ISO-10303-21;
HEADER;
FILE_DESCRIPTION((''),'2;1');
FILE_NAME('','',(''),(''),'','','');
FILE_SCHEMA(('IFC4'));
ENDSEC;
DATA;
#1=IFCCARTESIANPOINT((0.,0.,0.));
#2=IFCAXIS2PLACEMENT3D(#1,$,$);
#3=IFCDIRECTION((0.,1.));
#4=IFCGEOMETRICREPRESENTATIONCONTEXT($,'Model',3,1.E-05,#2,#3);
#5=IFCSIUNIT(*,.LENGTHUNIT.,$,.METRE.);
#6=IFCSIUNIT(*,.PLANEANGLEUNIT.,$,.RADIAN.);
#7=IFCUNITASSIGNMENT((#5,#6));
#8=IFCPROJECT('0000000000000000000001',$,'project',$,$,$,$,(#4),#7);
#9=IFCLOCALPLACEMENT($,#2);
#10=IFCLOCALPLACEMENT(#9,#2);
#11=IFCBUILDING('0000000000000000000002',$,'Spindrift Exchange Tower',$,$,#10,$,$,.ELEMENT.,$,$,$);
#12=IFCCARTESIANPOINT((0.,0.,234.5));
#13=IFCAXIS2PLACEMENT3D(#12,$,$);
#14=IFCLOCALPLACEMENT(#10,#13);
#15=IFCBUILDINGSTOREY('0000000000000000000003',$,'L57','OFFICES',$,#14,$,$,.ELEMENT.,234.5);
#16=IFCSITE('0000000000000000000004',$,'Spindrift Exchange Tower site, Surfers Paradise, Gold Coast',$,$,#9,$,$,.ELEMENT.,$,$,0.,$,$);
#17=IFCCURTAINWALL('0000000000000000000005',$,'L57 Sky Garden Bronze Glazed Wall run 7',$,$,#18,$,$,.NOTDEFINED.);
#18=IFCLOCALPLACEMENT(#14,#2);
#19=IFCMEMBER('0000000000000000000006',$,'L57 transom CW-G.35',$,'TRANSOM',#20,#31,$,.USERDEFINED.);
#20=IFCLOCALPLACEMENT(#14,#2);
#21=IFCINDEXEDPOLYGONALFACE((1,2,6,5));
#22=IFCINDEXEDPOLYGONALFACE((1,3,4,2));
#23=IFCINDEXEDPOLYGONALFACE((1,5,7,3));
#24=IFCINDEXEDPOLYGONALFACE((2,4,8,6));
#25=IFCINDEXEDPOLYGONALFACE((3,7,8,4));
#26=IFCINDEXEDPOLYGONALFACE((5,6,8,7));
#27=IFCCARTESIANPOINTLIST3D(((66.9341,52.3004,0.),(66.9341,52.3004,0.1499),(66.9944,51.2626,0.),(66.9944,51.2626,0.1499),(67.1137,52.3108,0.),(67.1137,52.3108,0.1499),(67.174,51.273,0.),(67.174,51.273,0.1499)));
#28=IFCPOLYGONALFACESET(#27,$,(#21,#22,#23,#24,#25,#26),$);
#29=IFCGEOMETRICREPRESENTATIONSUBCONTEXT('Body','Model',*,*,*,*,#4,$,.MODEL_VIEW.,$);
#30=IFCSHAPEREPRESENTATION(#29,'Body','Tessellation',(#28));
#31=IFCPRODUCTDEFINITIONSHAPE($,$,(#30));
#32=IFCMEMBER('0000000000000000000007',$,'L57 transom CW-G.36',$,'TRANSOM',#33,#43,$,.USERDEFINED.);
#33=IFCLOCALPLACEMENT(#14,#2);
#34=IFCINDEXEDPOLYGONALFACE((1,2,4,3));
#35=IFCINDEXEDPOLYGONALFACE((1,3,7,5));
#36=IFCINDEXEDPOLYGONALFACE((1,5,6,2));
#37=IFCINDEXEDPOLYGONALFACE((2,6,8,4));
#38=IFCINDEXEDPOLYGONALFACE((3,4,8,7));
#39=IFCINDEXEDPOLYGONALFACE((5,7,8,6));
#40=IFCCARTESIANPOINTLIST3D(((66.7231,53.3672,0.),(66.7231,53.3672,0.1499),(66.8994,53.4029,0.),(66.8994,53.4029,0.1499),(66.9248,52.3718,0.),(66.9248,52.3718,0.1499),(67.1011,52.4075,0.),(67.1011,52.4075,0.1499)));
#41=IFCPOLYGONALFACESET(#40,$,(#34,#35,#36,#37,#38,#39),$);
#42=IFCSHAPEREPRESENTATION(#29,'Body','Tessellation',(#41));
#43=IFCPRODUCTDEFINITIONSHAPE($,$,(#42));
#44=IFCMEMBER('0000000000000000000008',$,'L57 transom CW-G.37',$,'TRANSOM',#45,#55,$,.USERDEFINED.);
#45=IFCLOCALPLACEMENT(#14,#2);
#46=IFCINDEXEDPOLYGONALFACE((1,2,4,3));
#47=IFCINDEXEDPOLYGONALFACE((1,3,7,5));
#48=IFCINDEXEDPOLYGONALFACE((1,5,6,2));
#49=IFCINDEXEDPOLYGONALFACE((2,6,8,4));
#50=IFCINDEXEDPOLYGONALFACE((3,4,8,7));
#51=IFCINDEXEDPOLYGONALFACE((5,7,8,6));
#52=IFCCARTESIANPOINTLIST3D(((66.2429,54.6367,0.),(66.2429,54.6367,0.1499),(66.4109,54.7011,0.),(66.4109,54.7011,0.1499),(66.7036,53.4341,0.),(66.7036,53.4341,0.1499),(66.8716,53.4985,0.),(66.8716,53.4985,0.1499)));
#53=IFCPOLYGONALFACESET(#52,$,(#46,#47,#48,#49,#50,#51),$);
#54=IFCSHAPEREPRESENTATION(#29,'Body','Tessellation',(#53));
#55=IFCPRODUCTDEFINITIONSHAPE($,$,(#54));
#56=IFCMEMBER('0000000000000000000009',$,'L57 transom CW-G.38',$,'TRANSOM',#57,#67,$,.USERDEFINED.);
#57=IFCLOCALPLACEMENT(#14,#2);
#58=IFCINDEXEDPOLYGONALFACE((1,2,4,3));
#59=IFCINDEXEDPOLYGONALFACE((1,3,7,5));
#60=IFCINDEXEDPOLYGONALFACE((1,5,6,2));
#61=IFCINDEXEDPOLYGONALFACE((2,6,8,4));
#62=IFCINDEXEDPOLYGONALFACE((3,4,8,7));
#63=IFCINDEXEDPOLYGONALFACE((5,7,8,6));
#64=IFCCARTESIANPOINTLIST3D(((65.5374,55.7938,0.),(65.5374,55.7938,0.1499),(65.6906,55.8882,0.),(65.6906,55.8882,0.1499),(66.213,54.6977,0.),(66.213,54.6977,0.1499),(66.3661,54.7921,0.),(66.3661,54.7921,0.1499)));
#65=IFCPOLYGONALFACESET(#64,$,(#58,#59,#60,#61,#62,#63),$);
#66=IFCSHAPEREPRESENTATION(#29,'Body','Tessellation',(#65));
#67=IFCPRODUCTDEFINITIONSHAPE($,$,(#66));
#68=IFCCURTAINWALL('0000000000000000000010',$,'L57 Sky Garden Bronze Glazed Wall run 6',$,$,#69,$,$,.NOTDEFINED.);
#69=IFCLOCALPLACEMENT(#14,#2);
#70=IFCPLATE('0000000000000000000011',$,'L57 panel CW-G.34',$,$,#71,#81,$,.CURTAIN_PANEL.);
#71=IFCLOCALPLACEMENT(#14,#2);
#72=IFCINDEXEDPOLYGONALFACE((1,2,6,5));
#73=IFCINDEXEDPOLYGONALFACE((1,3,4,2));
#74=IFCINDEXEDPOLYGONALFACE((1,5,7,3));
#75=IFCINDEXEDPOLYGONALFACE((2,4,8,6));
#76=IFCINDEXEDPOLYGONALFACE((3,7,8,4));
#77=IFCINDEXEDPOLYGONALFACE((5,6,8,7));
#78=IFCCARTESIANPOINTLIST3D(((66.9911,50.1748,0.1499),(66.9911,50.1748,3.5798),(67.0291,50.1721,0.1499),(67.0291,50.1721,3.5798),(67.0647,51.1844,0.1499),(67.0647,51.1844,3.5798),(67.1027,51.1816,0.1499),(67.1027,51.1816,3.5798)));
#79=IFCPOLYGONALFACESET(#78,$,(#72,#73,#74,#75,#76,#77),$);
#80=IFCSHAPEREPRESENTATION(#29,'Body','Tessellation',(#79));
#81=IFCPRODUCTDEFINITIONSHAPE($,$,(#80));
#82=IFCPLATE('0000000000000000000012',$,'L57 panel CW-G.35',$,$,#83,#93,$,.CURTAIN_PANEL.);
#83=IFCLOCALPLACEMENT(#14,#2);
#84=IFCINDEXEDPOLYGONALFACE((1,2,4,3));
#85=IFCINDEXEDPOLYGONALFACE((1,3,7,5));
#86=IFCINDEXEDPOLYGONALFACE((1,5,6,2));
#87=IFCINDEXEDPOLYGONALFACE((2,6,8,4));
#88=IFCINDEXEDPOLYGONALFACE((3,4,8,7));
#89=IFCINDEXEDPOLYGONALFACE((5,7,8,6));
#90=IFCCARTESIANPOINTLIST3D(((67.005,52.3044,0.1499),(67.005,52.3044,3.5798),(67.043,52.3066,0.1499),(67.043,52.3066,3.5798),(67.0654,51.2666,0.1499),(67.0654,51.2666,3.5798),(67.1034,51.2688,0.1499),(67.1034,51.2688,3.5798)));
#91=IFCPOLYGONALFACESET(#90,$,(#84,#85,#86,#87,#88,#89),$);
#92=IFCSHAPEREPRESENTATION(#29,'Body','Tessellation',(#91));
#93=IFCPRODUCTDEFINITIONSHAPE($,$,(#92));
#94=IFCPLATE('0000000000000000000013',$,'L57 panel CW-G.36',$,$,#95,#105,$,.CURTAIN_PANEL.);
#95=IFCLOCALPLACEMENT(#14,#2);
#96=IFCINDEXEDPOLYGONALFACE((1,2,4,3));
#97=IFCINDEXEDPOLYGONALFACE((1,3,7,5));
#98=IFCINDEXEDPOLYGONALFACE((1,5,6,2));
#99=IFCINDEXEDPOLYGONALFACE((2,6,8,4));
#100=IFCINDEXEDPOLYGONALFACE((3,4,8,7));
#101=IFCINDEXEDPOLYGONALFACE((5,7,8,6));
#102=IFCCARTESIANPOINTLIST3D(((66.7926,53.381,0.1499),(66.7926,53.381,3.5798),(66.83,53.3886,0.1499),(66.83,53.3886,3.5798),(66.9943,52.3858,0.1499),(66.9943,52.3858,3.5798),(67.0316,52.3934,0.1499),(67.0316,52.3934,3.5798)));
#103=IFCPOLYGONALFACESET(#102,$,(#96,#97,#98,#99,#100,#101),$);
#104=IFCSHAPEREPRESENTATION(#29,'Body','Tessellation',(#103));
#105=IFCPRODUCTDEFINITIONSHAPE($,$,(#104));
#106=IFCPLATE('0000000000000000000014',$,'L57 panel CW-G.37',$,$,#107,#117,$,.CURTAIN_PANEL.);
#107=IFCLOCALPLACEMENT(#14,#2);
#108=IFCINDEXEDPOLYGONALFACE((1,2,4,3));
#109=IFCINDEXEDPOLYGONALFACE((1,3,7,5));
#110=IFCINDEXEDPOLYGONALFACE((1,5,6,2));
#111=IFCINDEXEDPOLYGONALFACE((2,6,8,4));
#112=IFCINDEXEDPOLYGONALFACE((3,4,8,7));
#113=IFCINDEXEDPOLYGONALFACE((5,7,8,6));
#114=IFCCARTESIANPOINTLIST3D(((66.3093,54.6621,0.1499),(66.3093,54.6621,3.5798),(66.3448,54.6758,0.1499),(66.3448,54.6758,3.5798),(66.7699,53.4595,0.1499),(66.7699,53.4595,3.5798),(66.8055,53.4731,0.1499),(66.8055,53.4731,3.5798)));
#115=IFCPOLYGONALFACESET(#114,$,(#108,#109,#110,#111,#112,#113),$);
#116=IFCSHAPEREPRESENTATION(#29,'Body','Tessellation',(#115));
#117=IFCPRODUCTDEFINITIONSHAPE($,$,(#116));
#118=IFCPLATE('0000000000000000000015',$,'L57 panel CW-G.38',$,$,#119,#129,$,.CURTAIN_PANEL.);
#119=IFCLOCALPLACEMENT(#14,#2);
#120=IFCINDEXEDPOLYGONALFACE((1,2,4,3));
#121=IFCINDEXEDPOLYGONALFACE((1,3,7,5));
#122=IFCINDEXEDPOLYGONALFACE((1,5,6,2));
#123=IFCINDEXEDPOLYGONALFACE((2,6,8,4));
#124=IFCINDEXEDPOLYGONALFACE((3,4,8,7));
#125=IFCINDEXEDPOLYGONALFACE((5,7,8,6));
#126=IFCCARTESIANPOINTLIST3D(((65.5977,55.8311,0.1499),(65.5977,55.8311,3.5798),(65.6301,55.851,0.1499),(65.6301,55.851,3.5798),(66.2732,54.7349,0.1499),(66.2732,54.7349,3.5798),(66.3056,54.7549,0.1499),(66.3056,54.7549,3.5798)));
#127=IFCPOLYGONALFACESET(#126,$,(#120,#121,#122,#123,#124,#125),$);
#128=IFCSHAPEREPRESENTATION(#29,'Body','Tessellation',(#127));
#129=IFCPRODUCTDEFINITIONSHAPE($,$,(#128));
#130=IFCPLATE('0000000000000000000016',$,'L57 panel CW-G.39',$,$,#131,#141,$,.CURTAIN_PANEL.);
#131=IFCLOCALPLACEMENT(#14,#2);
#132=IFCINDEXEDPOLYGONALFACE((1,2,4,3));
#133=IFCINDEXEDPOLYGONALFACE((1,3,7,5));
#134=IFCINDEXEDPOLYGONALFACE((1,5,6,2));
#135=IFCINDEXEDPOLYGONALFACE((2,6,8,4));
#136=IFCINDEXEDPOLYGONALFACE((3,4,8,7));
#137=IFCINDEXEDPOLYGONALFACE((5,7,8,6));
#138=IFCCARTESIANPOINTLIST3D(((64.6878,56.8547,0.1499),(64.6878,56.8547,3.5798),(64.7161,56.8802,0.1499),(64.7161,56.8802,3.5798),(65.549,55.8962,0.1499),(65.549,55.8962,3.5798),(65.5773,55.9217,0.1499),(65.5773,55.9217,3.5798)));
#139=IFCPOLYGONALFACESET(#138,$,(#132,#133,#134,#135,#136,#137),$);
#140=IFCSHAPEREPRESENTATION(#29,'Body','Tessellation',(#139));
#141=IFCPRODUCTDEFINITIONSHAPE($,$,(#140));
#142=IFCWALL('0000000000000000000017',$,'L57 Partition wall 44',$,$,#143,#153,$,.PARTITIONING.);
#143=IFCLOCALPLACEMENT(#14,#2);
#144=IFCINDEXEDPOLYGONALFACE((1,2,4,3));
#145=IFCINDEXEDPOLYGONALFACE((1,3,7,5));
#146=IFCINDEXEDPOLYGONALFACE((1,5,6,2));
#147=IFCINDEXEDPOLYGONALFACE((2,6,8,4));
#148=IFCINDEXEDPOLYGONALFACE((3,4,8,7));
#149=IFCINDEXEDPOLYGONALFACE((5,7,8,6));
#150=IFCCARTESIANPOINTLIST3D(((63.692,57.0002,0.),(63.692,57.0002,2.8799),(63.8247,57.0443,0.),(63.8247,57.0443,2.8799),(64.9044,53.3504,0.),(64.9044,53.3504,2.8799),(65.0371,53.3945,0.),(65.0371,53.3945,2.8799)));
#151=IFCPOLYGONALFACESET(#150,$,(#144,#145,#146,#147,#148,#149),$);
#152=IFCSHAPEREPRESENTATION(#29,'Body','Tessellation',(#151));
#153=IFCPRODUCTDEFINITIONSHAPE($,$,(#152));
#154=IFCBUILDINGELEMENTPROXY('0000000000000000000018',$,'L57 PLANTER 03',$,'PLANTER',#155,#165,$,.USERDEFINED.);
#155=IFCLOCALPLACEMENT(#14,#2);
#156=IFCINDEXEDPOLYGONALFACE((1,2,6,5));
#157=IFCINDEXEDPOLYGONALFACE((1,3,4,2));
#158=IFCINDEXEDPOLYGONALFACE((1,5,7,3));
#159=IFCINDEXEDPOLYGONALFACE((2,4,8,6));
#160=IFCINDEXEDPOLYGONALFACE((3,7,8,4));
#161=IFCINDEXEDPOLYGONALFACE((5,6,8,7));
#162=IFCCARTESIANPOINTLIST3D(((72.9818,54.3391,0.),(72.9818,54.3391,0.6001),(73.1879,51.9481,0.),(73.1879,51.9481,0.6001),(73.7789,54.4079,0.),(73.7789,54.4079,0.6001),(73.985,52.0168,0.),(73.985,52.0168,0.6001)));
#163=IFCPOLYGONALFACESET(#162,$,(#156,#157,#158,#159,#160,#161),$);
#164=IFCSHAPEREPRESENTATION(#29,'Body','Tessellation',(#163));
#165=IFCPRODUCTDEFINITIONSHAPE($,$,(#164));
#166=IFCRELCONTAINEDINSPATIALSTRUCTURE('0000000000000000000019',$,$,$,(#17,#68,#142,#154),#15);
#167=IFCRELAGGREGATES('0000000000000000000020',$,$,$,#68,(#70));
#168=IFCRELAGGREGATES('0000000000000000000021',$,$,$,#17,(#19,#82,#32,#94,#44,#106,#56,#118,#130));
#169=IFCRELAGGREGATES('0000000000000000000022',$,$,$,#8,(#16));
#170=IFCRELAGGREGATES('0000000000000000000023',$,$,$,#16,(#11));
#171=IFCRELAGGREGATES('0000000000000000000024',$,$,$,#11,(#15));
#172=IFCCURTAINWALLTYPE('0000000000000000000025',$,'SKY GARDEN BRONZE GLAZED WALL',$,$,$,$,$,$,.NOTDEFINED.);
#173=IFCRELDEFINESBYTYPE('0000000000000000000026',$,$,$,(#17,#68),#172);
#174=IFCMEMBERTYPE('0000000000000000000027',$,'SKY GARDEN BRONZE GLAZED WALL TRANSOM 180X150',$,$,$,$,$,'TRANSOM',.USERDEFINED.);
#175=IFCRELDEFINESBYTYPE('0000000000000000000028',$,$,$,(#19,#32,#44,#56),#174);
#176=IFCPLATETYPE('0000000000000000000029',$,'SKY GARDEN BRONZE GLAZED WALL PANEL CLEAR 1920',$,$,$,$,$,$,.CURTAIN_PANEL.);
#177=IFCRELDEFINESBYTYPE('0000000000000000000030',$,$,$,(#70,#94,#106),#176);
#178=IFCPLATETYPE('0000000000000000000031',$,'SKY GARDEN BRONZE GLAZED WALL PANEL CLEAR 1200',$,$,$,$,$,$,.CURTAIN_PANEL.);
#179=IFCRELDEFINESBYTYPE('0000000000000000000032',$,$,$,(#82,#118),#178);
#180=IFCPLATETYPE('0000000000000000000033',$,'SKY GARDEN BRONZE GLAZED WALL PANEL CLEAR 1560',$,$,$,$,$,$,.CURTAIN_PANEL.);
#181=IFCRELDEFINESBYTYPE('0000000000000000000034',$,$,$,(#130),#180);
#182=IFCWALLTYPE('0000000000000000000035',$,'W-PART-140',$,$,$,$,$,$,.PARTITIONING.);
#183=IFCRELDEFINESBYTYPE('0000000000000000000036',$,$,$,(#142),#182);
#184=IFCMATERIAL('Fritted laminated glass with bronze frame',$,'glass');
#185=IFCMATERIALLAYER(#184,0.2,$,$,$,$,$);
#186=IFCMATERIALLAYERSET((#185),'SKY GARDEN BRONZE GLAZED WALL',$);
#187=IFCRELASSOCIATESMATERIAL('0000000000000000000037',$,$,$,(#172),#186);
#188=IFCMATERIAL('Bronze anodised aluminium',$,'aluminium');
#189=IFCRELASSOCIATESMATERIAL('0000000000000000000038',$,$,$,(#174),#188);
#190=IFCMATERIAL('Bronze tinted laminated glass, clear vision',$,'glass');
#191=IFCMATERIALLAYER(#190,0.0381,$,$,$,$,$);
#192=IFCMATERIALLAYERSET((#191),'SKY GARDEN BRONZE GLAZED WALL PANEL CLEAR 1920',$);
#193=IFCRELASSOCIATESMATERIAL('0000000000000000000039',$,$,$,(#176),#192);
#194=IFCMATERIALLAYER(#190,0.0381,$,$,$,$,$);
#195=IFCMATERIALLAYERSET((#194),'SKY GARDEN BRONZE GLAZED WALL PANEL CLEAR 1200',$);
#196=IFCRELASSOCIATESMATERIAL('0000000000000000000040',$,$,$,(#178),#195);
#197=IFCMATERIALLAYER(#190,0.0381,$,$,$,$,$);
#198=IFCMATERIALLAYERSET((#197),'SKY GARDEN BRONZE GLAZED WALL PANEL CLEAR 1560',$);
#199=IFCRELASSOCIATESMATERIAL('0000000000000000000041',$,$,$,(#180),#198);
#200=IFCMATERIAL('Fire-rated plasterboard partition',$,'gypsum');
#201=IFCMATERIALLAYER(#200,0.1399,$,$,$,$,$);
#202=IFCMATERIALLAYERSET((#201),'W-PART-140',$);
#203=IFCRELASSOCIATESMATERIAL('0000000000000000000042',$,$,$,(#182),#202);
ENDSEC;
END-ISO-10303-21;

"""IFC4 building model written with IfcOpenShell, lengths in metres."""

from ifc_helpers import new_model, si_unit, direction, frame, frame_2d, origin, origin_2d, place, context, subcontext, project, spatial, rectangle, extrude, source, transform, mapped, material, layer, layer_set, material_profile, profile_set, type_object, element, aggregate, save


model = new_model("IFC4")

# Units and contexts
model_context = context("Model", 3, precision=1e-05, world=origin(), true_north=direction((0.0, 1.0)))
body_context = subcontext(model_context, "Body", "Model", "MODEL_VIEW")
ifc_project = project(units=[si_unit("LENGTHUNIT", "METRE"), si_unit("PLANEANGLEUNIT", "RADIAN")], contexts=[model_context])

# Site, building, storey
site_placement = place(None, origin())
site = spatial("IfcSite", under=ifc_project, at=site_placement, Name="Spindrift Exchange Tower site, Surfers Paradise, Gold Coast", CompositionType="ELEMENT", RefElevation=0.0)
building_placement = place(site_placement, origin())
building = spatial("IfcBuilding", under=site, at=building_placement, Name="Spindrift Exchange Tower", CompositionType="ELEMENT")
storey_placement = place(building_placement, frame((0.0, 0.0, 234.5)))
storey = spatial("IfcBuildingStorey", under=building, at=storey_placement, Name="L57", Description="OFFICES", CompositionType="ELEMENT", Elevation=234.5)

# Curtain wall, members
ifc_material_1 = material(Name="Fritted laminated glass with bronze frame", Category="glass")
ifc_layer_1 = layer(ifc_material_1, 0.2)
ifc_layer_set_1 = layer_set([ifc_layer_1], Name="SKY GARDEN BRONZE GLAZED WALL")
curtain_wall_type = type_object("IfcCurtainWallType", Name="SKY GARDEN BRONZE GLAZED WALL", PredefinedType="NOTDEFINED", material=ifc_layer_set_1)
curtain_wall_1_placement = place(storey_placement, origin())
curtain_wall_1 = element("IfcCurtainWall", 1, at=curtain_wall_1_placement, inside=storey, type_object=curtain_wall_type, Name="L57 Sky Garden Bronze Glazed Wall run 7", PredefinedType="NOTDEFINED")
ifc_material_2 = material(Name="Bronze anodised aluminium", Category="aluminium")
ifc_material_profile_1 = material_profile(ifc_material_2, rectangle(XDim=0.1799, YDim=0.1499, at=origin_2d()), Name="SKY GARDEN BRONZE GLAZED WALL TRANSOM 180X150")
ifc_profile_set_1 = profile_set([ifc_material_profile_1], Name="Bronze anodised aluminium")
member_type_1 = type_object("IfcMemberType", Name="SKY GARDEN BRONZE GLAZED WALL TRANSOM 180X150", ElementType="TRANSOM", PredefinedType="USERDEFINED", material=ifc_profile_set_1)
shared_shape_1 = source(origin(), body_context, "Body", "SweptSolid", [
    extrude(rectangle(XDim=0.1799, YDim=0.1499, at=origin_2d()), origin(), (0.0, 0.0, 1.0), 1.0396),
])
member_1_placement = place(storey_placement, frame((67.0842, 51.2678, 0.075), z_axis=(-0.058006, 0.998316, 0.0), x_axis=(-0.998316, -0.058006, 0.0)))
member_1 = element("IfcMember", 2, at=member_1_placement, type_object=member_type_1, Name="L57 transom CW-G.35", ObjectType="TRANSOM", PredefinedType="USERDEFINED", context=body_context, shape_type="MappedRepresentation", body=[
    mapped(shared_shape_1, transform((0.0, 0.0, 0.0), scale=1.0)),
])
shared_shape_2 = source(origin(), body_context, "Body", "SweptSolid", [
    extrude(rectangle(XDim=0.1799, YDim=0.1499, at=origin_2d()), origin(), (0.0, 0.0, 1.0), 1.0156),
])
member_2_placement = place(storey_placement, frame((67.0129, 52.3896, 0.075), z_axis=(-0.198566, 0.980088, 0.0), x_axis=(-0.980088, -0.198566, 0.0)))
member_2 = element("IfcMember", 3, at=member_2_placement, type_object=member_type_1, Name="L57 transom CW-G.36", ObjectType="TRANSOM", PredefinedType="USERDEFINED", context=body_context, shape_type="MappedRepresentation", body=[
    mapped(shared_shape_2, transform((0.0, 0.0, 0.0), scale=1.0)),
])
shared_shape_3 = source(origin(), body_context, "Body", "SweptSolid", [
    extrude(rectangle(XDim=0.1799, YDim=0.1499, at=origin_2d()), origin(), (0.0, 0.0, 1.0), 1.2878),
])
member_3_placement = place(storey_placement, frame((66.7876, 53.4663, 0.075), z_axis=(-0.357721, 0.933828, 0.0), x_axis=(-0.933828, -0.357721, 0.0)))
member_3 = element("IfcMember", 4, at=member_3_placement, type_object=member_type_1, Name="L57 transom CW-G.37", ObjectType="TRANSOM", PredefinedType="USERDEFINED", context=body_context, shape_type="MappedRepresentation", body=[
    mapped(shared_shape_3, transform((0.0, 0.0, 0.0), scale=1.0)),
])
shared_shape_4 = source(origin(), body_context, "Body", "SweptSolid", [
    extrude(rectangle(XDim=0.1799, YDim=0.1499, at=origin_2d()), origin(), (0.0, 0.0, 1.0), 1.2876),
])
member_4_placement = place(storey_placement, frame((66.2896, 54.7449, 0.075), z_axis=(-0.524637, 0.851326, 0.0), x_axis=(-0.851326, -0.524637, 0.0)))
member_4 = element("IfcMember", 5, at=member_4_placement, type_object=member_type_1, Name="L57 transom CW-G.38", ObjectType="TRANSOM", PredefinedType="USERDEFINED", context=body_context, shape_type="MappedRepresentation", body=[
    mapped(shared_shape_4, transform((0.0, 0.0, 0.0), scale=1.0)),
])

# Curtain wall, plate
curtain_wall_2_placement = place(storey_placement, origin())
curtain_wall_2 = element("IfcCurtainWall", 6, at=curtain_wall_2_placement, inside=storey, type_object=curtain_wall_type, Name="L57 Sky Garden Bronze Glazed Wall run 6", PredefinedType="NOTDEFINED")
ifc_material_3 = material(Name="Bronze tinted laminated glass, clear vision", Category="glass")
ifc_layer_2 = layer(ifc_material_3, 0.0381)
ifc_layer_set_2 = layer_set([ifc_layer_2], Name="SKY GARDEN BRONZE GLAZED WALL PANEL CLEAR 1920")
plate_type_1 = type_object("IfcPlateType", Name="SKY GARDEN BRONZE GLAZED WALL PANEL CLEAR 1920", PredefinedType="CURTAIN_PANEL", material=ifc_layer_set_2)
shared_shape_5 = source(origin(), body_context, "Body", "SweptSolid", [
    extrude(rectangle(XDim=1.0122, YDim=0.0381, at=origin_2d()), origin(), (0.0, 0.0, 1.0), 3.4299),
])
plate_1_placement = place(storey_placement, frame((67.0469, 50.6782, 0.1499), z_axis=(0.0, 0.0, 1.0), x_axis=(0.072723, 0.997352, 0.0)))
plate_1 = element("IfcPlate", 7, at=plate_1_placement, type_object=plate_type_1, Name="L57 panel CW-G.34", PredefinedType="CURTAIN_PANEL", context=body_context, shape_type="MappedRepresentation", body=[
    mapped(shared_shape_5, transform((0.0, 0.0, 0.0), scale=1.0)),
])
aggregate(curtain_wall_2, [plate_1])

# Plates
ifc_layer_3 = layer(ifc_material_3, 0.0381)
ifc_layer_set_3 = layer_set([ifc_layer_3], Name="SKY GARDEN BRONZE GLAZED WALL PANEL CLEAR 1200")
plate_type_2 = type_object("IfcPlateType", Name="SKY GARDEN BRONZE GLAZED WALL PANEL CLEAR 1200", PredefinedType="CURTAIN_PANEL", material=ifc_layer_set_3)
shared_shape_6 = source(origin(), body_context, "Body", "SweptSolid", [
    extrude(rectangle(XDim=1.0396, YDim=0.0381, at=origin_2d()), origin(), (0.0, 0.0, 1.0), 3.4299),
])
plate_2_placement = place(storey_placement, frame((67.0542, 51.7866, 0.1499), z_axis=(0.0, 0.0, 1.0), x_axis=(-0.058155, 0.998308, 0.0)))
plate_2 = element("IfcPlate", 8, at=plate_2_placement, type_object=plate_type_2, Name="L57 panel CW-G.35", PredefinedType="CURTAIN_PANEL", context=body_context, shape_type="MappedRepresentation", body=[
    mapped(shared_shape_6, transform((0.0, 0.0, 0.0), scale=1.0)),
])
shared_shape_7 = source(origin(), body_context, "Body", "SweptSolid", [
    extrude(rectangle(XDim=1.0154, YDim=0.0381, at=origin_2d()), origin(), (0.0, 0.0, 1.0), 3.4299),
])
plate_3_placement = place(storey_placement, frame((66.9121, 52.8872, 0.1499), z_axis=(0.0, 0.0, 1.0), x_axis=(-0.198562, 0.980088, 0.0)))
plate_3 = element("IfcPlate", 9, at=plate_3_placement, type_object=plate_type_1, Name="L57 panel CW-G.36", PredefinedType="CURTAIN_PANEL", context=body_context, shape_type="MappedRepresentation", body=[
    mapped(shared_shape_7, transform((0.0, 0.0, 0.0), scale=1.0)),
])
shared_shape_8 = source(origin(), body_context, "Body", "SweptSolid", [
    extrude(rectangle(XDim=1.2878, YDim=0.0381, at=origin_2d()), origin(), (0.0, 0.0, 1.0), 3.4299),
])
plate_4_placement = place(storey_placement, frame((66.5574, 54.0676, 0.1499), z_axis=(0.0, 0.0, 1.0), x_axis=(-0.3577, 0.933837, 0.0)))
plate_4 = element("IfcPlate", 10, at=plate_4_placement, type_object=plate_type_1, Name="L57 panel CW-G.37", PredefinedType="CURTAIN_PANEL", context=body_context, shape_type="MappedRepresentation", body=[
    mapped(shared_shape_8, transform((0.0, 0.0, 0.0), scale=1.0)),
])
shared_shape_9 = source(origin(), body_context, "Body", "SweptSolid", [
    extrude(rectangle(XDim=1.2876, YDim=0.0381, at=origin_2d()), origin(), (0.0, 0.0, 1.0), 3.4299),
])
plate_5_placement = place(storey_placement, frame((65.9517, 55.293, 0.1499), z_axis=(0.0, 0.0, 1.0), x_axis=(-0.524658, 0.851313, 0.0)))
plate_5 = element("IfcPlate", 11, at=plate_5_placement, type_object=plate_type_2, Name="L57 panel CW-G.38", PredefinedType="CURTAIN_PANEL", context=body_context, shape_type="MappedRepresentation", body=[
    mapped(shared_shape_9, transform((0.0, 0.0, 0.0), scale=1.0)),
])
ifc_layer_4 = layer(ifc_material_3, 0.0381)
ifc_layer_set_4 = layer_set([ifc_layer_4], Name="SKY GARDEN BRONZE GLAZED WALL PANEL CLEAR 1560")
plate_type_3 = type_object("IfcPlateType", Name="SKY GARDEN BRONZE GLAZED WALL PANEL CLEAR 1560", PredefinedType="CURTAIN_PANEL", material=ifc_layer_set_4)
shared_shape_10 = source(origin(), body_context, "Body", "SweptSolid", [
    extrude(rectangle(XDim=1.2886, YDim=0.0381, at=origin_2d()), origin(), (0.0, 0.0, 1.0), 3.4299),
])
plate_6_placement = place(storey_placement, frame((65.1326, 56.3882, 0.1499), z_axis=(0.0, 0.0, 1.0), x_axis=(-0.668349, 0.743847, 0.0)))
plate_6 = element("IfcPlate", 12, at=plate_6_placement, type_object=plate_type_3, Name="L57 panel CW-G.39", PredefinedType="CURTAIN_PANEL", context=body_context, shape_type="MappedRepresentation", body=[
    mapped(shared_shape_10, transform((0.0, 0.0, 0.0), scale=1.0)),
])
aggregate(curtain_wall_1, [member_1, plate_2, member_2, plate_3, member_3, plate_4, member_4, plate_5, plate_6])

# Wall
ifc_material_4 = material(Name="Fire-rated plasterboard partition", Category="gypsum")
ifc_layer_5 = layer(ifc_material_4, 0.1399)
ifc_layer_set_5 = layer_set([ifc_layer_5], Name="W-PART-140")
wall_type = type_object("IfcWallType", Name="W-PART-140", PredefinedType="PARTITIONING", material=ifc_layer_set_5)
wall_placement = place(storey_placement, frame((64.9707, 53.3726, 0.0), z_axis=(0.0, 0.0, 1.0), x_axis=(-0.315237, 0.949013, 0.0)))
element("IfcWall", 13, at=wall_placement, inside=storey, type_object=wall_type, Name="L57 Partition wall 44", PredefinedType="PARTITIONING", context=body_context, shape_type="SweptSolid", body=[
    extrude(rectangle(XDim=3.8459, YDim=0.1399, at=frame_2d((1.9229, 0.0))), origin(), (0.0, 0.0, 1.0), 2.8799),
])

# Building element proxy
shared_shape_11 = source(origin(), body_context, "Body", "SweptSolid", [
    extrude(rectangle(XDim=2.3999, YDim=0.8, at=origin_2d()), origin(), (0.0, 0.0, 1.0), 0.6001),
])
proxy_placement = place(storey_placement, frame((73.4834, 53.178, 0.0), z_axis=(0.0, 0.0, 1.0), x_axis=(0.085895, -0.996304, 0.0)))
element("IfcBuildingElementProxy", 14, at=proxy_placement, inside=storey, Name="L57 PLANTER 03", ObjectType="PLANTER", PredefinedType="USERDEFINED", context=body_context, shape_type="MappedRepresentation", body=[
    mapped(shared_shape_11, transform((0.0, 0.0, 0.0), scale=1.0)),
])

save(model, "model.ifc")
